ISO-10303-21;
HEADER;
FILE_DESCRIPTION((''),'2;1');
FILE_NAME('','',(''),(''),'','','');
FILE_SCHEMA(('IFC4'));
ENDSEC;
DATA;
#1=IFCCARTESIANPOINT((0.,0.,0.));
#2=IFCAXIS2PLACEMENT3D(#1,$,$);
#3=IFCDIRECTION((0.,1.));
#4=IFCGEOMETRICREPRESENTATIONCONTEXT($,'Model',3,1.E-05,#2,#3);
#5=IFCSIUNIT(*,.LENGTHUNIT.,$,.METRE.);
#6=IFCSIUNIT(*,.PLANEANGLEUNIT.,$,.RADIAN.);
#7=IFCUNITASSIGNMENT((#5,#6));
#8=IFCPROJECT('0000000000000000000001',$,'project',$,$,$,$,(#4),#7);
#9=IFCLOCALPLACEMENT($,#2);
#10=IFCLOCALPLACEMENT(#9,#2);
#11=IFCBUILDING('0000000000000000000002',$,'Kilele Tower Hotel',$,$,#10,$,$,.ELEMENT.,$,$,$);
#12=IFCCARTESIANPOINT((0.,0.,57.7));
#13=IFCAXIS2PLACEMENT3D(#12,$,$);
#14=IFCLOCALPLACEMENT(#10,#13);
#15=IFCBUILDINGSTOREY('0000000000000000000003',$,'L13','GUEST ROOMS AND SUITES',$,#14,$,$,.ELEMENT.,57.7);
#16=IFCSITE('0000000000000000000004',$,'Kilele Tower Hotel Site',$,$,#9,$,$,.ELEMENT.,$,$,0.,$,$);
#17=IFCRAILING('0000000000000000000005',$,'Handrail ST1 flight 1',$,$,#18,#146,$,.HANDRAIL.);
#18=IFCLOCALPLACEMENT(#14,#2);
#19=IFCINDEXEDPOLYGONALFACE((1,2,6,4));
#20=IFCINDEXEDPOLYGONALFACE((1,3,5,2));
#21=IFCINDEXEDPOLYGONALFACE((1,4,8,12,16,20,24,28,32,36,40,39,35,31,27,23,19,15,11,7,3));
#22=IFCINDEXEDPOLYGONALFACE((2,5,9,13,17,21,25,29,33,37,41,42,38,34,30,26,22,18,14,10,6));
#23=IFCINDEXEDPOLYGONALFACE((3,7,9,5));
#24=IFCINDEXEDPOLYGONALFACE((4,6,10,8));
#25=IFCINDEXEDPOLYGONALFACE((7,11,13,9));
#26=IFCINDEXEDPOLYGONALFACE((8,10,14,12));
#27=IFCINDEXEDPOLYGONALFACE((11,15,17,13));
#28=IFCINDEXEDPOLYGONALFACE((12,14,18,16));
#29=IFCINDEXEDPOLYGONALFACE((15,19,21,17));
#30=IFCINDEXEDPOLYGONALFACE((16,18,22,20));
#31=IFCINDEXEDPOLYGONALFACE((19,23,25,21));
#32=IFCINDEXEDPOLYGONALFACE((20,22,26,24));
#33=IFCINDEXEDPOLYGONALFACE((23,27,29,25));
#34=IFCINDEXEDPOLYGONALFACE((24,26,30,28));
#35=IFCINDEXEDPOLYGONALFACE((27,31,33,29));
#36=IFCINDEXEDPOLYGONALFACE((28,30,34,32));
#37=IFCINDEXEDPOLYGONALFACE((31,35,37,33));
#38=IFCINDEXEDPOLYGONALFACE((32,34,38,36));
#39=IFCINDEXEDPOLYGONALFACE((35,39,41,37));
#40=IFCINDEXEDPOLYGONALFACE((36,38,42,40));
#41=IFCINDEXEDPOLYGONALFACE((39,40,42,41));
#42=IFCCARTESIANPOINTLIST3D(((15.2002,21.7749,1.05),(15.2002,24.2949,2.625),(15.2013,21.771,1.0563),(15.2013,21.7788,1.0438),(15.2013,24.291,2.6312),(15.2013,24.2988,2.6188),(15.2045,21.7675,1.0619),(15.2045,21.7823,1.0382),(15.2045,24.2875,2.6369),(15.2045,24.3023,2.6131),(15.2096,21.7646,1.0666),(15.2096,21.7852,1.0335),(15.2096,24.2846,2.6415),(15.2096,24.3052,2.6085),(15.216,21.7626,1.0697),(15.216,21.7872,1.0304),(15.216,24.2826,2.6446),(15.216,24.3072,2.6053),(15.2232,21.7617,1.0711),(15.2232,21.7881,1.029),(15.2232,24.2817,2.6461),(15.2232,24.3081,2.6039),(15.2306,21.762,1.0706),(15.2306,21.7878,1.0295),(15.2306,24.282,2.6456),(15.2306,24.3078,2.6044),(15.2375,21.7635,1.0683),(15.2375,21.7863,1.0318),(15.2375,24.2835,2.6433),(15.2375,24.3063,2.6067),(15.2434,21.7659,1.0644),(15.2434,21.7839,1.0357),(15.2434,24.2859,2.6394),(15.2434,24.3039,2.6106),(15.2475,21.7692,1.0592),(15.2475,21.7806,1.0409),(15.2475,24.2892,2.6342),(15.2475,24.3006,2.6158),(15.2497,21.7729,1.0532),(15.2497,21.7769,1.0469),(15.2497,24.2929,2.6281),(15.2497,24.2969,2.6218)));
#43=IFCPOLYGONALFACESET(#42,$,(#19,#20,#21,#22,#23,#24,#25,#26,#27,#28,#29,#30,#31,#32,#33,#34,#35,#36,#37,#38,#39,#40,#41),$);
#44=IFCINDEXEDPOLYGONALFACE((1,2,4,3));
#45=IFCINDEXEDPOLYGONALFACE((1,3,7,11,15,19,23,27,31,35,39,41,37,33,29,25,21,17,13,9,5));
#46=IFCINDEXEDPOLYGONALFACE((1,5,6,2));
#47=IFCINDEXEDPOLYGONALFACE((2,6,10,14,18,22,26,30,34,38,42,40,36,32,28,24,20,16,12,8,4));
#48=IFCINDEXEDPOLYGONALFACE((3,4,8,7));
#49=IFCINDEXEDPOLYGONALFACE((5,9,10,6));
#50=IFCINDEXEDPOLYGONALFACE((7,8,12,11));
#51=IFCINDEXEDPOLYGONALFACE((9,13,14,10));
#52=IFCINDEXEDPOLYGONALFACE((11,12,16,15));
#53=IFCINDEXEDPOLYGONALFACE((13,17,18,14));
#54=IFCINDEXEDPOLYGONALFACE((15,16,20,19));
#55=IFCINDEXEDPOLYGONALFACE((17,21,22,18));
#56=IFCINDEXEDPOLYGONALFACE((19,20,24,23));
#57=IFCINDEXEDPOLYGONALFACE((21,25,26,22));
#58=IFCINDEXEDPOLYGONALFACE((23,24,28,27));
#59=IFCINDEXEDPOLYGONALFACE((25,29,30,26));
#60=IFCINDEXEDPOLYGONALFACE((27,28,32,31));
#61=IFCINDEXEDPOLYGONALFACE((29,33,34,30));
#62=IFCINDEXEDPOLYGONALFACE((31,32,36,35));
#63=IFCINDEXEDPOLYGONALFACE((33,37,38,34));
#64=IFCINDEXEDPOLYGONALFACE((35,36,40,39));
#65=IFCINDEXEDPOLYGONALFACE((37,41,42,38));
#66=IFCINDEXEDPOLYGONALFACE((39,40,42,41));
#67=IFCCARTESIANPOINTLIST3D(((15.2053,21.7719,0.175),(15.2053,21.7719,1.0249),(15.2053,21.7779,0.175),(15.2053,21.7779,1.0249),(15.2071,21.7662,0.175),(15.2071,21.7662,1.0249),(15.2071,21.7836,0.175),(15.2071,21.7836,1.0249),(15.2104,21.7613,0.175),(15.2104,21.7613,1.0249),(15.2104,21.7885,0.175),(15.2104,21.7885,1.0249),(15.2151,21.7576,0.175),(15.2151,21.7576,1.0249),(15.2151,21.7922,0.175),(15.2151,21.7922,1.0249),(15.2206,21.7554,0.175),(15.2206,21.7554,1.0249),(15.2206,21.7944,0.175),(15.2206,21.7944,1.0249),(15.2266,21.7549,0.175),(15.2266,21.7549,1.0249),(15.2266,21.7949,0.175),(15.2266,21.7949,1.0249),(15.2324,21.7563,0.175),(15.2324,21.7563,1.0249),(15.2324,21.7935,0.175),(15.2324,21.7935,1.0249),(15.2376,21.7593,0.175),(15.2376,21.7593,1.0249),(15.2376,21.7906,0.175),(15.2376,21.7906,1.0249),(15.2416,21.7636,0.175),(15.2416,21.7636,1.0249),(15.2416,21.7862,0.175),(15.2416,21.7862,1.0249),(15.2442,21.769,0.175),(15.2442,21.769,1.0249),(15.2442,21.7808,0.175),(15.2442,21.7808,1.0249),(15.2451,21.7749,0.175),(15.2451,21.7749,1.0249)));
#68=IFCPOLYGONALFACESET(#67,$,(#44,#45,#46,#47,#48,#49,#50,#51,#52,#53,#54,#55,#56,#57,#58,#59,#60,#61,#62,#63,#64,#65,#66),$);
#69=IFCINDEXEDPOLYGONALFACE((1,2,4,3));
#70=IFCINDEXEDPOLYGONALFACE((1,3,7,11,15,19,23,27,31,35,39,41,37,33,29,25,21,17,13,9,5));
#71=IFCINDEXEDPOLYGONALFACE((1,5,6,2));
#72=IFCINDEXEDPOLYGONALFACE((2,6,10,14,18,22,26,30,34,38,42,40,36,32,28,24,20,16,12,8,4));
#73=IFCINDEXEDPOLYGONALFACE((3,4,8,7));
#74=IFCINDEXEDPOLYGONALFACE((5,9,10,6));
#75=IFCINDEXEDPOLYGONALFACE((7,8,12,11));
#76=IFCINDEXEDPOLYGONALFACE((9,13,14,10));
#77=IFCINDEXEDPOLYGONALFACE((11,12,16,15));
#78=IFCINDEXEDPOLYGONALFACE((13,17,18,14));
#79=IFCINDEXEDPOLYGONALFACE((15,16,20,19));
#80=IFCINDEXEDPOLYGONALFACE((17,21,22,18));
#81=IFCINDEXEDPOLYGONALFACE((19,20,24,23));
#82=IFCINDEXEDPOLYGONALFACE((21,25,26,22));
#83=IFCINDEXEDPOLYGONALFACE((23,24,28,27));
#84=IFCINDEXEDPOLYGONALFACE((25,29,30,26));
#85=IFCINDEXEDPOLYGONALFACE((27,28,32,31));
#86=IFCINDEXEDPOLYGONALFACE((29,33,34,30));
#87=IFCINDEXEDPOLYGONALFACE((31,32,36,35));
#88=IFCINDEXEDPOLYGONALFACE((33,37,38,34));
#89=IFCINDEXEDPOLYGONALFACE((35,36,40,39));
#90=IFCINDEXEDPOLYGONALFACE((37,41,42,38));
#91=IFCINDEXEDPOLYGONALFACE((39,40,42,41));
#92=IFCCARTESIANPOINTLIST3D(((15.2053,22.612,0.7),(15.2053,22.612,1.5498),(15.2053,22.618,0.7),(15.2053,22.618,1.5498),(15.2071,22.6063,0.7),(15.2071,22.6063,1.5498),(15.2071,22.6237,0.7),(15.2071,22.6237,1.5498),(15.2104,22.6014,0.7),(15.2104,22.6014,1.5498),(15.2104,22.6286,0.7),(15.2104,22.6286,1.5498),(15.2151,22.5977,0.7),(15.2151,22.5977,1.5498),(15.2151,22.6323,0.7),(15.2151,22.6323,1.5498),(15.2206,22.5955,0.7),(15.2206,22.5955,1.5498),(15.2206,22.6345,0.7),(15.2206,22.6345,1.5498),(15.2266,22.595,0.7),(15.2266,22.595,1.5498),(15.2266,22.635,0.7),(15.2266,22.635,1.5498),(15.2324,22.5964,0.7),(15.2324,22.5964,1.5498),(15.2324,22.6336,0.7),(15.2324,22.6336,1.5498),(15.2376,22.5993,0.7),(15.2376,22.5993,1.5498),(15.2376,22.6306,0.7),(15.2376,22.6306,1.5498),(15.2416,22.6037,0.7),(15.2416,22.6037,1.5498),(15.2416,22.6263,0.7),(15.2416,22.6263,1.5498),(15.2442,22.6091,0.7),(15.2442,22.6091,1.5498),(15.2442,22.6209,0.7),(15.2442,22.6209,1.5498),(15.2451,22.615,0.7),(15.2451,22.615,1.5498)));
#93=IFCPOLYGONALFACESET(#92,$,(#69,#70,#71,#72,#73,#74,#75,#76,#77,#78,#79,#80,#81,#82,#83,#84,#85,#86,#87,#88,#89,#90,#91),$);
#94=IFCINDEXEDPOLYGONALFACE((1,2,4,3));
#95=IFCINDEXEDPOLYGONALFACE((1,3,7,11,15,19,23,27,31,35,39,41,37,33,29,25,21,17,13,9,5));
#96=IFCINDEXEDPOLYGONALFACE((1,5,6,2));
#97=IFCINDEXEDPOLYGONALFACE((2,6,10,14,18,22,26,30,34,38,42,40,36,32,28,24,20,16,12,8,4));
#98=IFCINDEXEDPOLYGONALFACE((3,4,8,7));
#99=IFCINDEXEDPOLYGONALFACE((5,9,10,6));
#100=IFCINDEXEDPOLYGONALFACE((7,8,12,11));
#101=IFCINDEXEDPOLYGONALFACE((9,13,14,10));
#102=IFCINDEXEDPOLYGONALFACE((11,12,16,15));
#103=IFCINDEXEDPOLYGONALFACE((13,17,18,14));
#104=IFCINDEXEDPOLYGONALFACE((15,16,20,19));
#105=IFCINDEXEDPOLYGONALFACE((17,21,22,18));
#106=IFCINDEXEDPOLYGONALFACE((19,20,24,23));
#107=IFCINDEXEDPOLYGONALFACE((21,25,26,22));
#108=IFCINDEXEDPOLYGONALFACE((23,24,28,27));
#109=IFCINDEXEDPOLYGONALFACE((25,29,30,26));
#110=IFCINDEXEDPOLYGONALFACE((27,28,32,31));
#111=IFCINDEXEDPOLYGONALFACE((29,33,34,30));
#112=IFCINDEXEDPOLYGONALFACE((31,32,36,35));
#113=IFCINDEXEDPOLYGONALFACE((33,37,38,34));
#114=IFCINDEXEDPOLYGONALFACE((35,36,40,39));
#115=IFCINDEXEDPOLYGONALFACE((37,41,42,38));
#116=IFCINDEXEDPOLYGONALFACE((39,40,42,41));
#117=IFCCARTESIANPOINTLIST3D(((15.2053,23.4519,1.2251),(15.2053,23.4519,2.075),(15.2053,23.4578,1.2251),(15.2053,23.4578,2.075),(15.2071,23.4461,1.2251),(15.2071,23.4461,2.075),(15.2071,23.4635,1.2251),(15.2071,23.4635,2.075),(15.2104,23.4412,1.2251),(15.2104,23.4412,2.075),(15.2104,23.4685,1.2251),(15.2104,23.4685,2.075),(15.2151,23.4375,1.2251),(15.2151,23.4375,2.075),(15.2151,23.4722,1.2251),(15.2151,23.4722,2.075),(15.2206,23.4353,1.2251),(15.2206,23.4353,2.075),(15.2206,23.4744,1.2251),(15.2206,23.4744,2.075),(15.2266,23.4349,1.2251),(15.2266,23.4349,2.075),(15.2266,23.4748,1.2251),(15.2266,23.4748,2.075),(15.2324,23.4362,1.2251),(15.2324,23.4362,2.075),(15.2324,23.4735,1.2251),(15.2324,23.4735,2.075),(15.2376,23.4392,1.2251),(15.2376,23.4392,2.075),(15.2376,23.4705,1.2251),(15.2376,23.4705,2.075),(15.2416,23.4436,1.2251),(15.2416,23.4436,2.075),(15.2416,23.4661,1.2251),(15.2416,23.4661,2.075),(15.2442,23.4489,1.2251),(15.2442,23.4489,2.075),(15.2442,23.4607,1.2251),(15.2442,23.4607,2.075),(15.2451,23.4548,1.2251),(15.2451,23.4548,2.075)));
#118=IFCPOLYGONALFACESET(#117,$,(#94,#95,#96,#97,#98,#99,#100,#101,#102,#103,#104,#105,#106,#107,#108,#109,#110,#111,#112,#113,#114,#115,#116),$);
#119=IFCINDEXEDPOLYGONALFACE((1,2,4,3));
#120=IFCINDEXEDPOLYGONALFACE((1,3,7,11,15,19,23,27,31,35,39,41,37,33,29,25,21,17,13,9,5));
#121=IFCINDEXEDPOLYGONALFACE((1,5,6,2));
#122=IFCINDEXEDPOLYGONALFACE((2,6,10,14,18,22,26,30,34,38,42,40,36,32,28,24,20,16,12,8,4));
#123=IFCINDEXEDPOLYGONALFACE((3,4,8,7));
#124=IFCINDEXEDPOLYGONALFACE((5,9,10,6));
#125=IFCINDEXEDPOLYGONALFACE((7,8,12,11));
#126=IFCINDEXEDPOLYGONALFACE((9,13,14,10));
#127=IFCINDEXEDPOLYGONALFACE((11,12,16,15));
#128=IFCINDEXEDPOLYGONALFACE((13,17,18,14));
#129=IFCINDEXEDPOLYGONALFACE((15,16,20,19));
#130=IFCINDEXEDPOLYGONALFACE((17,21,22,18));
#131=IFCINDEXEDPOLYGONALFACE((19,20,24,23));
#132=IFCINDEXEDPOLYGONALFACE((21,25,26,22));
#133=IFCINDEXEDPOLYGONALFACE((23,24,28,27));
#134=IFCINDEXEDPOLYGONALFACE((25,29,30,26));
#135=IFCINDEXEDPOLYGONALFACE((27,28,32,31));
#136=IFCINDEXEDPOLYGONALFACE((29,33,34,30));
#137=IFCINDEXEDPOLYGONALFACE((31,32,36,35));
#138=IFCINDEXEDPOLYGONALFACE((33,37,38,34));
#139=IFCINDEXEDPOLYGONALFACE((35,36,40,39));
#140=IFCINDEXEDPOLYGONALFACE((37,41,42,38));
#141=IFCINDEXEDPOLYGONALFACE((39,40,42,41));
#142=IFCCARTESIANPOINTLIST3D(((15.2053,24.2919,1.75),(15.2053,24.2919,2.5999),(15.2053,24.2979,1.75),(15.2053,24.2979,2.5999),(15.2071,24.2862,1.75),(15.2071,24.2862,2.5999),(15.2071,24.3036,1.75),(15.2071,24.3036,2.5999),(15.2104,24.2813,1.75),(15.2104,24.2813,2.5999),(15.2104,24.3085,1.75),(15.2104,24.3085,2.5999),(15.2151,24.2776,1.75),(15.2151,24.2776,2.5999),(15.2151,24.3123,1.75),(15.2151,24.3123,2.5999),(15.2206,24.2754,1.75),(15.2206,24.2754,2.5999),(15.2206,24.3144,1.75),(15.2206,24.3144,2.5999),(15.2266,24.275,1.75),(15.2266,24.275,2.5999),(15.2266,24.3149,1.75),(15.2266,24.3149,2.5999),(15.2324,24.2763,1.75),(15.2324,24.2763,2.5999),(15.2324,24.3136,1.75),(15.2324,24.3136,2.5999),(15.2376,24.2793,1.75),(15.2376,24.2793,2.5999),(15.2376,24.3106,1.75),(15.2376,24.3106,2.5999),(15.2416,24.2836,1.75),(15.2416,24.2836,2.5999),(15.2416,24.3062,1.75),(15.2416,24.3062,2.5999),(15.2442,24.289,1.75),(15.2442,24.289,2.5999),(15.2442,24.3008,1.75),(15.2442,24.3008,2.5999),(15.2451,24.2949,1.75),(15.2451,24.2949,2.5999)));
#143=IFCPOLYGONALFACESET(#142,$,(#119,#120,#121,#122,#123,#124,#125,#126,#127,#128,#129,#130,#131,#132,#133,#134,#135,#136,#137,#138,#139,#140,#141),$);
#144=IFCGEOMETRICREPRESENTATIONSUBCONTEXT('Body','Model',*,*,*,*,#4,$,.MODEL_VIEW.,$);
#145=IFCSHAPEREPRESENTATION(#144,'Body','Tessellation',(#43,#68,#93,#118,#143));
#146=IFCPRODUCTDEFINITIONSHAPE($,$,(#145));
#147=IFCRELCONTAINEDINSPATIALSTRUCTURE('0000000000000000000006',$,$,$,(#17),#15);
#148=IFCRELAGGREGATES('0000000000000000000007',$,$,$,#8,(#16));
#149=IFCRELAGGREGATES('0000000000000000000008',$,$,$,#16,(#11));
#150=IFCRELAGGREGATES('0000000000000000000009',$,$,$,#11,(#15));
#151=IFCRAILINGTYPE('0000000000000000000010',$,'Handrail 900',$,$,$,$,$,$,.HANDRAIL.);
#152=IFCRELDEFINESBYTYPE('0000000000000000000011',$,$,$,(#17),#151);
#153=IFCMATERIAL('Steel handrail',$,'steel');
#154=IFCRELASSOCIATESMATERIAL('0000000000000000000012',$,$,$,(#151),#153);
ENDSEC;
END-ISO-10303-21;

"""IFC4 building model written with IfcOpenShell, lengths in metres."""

from ifc_helpers import new_model, si_unit, direction, frame, origin, origin_2d, place, context, subcontext, project, spatial, circle, extrude, material, type_object, element, save


model = new_model("IFC4")

# Units and contexts
model_context = context("Model", 3, precision=1e-05, world=origin(), true_north=direction((0.0, 1.0)))
body_context = subcontext(model_context, "Body", "Model", "MODEL_VIEW")
ifc_project = project(units=[si_unit("LENGTHUNIT", "METRE"), si_unit("PLANEANGLEUNIT", "RADIAN")], contexts=[model_context])

# Site, building, storey
site_placement = place(None, origin())
site = spatial("IfcSite", under=ifc_project, at=site_placement, Name="Kilele Tower Hotel Site", CompositionType="ELEMENT", RefElevation=0.0)
building_placement = place(site_placement, origin())
building = spatial("IfcBuilding", under=site, at=building_placement, Name="Kilele Tower Hotel", CompositionType="ELEMENT")
storey_placement = place(building_placement, frame((0.0, 0.0, 57.7)))
storey = spatial("IfcBuildingStorey", under=building, at=storey_placement, Name="L13", Description="GUEST ROOMS AND SUITES", CompositionType="ELEMENT", Elevation=57.7)

# Railing
ifc_material_1 = material(Name="Steel handrail", Category="steel")
railing_type_1 = type_object("IfcRailingType", Name="Handrail 900", PredefinedType="HANDRAIL", material=ifc_material_1)
for number, where, name in (
    (1, (15.2251, 21.7749, 0.175), "Handrail ST1 flight 1"),
):
    element("IfcRailing", number, at=place(storey_placement, frame(where)), inside=storey, type_object=railing_type_1, Name=name, PredefinedType="HANDRAIL", context=body_context, shape_type="SweptSolid", body=[
        extrude(circle(Radius=0.0249, at=origin_2d()), frame((0.0, 0.0, 0.875), z_axis=(0.0, 0.848008, 0.529984), x_axis=(-1.0, 0.0, 0.0)), (0.0, 0.0, 1.0), 2.9717),
        extrude(circle(Radius=0.02, at=origin_2d()), origin(), (0.0, 0.0, 1.0), 0.8499),
        extrude(circle(Radius=0.02, at=origin_2d()), frame((0.0, 0.8401, 0.5249)), (0.0, 0.0, 1.0), 0.8499),
        extrude(circle(Radius=0.02, at=origin_2d()), frame((0.0, 1.6799, 1.05)), (0.0, 0.0, 1.0), 0.8499),
        extrude(circle(Radius=0.02, at=origin_2d()), frame((0.0, 2.52, 1.575)), (0.0, 0.0, 1.0), 0.8499),
    ])

save(model, "model.ifc")
